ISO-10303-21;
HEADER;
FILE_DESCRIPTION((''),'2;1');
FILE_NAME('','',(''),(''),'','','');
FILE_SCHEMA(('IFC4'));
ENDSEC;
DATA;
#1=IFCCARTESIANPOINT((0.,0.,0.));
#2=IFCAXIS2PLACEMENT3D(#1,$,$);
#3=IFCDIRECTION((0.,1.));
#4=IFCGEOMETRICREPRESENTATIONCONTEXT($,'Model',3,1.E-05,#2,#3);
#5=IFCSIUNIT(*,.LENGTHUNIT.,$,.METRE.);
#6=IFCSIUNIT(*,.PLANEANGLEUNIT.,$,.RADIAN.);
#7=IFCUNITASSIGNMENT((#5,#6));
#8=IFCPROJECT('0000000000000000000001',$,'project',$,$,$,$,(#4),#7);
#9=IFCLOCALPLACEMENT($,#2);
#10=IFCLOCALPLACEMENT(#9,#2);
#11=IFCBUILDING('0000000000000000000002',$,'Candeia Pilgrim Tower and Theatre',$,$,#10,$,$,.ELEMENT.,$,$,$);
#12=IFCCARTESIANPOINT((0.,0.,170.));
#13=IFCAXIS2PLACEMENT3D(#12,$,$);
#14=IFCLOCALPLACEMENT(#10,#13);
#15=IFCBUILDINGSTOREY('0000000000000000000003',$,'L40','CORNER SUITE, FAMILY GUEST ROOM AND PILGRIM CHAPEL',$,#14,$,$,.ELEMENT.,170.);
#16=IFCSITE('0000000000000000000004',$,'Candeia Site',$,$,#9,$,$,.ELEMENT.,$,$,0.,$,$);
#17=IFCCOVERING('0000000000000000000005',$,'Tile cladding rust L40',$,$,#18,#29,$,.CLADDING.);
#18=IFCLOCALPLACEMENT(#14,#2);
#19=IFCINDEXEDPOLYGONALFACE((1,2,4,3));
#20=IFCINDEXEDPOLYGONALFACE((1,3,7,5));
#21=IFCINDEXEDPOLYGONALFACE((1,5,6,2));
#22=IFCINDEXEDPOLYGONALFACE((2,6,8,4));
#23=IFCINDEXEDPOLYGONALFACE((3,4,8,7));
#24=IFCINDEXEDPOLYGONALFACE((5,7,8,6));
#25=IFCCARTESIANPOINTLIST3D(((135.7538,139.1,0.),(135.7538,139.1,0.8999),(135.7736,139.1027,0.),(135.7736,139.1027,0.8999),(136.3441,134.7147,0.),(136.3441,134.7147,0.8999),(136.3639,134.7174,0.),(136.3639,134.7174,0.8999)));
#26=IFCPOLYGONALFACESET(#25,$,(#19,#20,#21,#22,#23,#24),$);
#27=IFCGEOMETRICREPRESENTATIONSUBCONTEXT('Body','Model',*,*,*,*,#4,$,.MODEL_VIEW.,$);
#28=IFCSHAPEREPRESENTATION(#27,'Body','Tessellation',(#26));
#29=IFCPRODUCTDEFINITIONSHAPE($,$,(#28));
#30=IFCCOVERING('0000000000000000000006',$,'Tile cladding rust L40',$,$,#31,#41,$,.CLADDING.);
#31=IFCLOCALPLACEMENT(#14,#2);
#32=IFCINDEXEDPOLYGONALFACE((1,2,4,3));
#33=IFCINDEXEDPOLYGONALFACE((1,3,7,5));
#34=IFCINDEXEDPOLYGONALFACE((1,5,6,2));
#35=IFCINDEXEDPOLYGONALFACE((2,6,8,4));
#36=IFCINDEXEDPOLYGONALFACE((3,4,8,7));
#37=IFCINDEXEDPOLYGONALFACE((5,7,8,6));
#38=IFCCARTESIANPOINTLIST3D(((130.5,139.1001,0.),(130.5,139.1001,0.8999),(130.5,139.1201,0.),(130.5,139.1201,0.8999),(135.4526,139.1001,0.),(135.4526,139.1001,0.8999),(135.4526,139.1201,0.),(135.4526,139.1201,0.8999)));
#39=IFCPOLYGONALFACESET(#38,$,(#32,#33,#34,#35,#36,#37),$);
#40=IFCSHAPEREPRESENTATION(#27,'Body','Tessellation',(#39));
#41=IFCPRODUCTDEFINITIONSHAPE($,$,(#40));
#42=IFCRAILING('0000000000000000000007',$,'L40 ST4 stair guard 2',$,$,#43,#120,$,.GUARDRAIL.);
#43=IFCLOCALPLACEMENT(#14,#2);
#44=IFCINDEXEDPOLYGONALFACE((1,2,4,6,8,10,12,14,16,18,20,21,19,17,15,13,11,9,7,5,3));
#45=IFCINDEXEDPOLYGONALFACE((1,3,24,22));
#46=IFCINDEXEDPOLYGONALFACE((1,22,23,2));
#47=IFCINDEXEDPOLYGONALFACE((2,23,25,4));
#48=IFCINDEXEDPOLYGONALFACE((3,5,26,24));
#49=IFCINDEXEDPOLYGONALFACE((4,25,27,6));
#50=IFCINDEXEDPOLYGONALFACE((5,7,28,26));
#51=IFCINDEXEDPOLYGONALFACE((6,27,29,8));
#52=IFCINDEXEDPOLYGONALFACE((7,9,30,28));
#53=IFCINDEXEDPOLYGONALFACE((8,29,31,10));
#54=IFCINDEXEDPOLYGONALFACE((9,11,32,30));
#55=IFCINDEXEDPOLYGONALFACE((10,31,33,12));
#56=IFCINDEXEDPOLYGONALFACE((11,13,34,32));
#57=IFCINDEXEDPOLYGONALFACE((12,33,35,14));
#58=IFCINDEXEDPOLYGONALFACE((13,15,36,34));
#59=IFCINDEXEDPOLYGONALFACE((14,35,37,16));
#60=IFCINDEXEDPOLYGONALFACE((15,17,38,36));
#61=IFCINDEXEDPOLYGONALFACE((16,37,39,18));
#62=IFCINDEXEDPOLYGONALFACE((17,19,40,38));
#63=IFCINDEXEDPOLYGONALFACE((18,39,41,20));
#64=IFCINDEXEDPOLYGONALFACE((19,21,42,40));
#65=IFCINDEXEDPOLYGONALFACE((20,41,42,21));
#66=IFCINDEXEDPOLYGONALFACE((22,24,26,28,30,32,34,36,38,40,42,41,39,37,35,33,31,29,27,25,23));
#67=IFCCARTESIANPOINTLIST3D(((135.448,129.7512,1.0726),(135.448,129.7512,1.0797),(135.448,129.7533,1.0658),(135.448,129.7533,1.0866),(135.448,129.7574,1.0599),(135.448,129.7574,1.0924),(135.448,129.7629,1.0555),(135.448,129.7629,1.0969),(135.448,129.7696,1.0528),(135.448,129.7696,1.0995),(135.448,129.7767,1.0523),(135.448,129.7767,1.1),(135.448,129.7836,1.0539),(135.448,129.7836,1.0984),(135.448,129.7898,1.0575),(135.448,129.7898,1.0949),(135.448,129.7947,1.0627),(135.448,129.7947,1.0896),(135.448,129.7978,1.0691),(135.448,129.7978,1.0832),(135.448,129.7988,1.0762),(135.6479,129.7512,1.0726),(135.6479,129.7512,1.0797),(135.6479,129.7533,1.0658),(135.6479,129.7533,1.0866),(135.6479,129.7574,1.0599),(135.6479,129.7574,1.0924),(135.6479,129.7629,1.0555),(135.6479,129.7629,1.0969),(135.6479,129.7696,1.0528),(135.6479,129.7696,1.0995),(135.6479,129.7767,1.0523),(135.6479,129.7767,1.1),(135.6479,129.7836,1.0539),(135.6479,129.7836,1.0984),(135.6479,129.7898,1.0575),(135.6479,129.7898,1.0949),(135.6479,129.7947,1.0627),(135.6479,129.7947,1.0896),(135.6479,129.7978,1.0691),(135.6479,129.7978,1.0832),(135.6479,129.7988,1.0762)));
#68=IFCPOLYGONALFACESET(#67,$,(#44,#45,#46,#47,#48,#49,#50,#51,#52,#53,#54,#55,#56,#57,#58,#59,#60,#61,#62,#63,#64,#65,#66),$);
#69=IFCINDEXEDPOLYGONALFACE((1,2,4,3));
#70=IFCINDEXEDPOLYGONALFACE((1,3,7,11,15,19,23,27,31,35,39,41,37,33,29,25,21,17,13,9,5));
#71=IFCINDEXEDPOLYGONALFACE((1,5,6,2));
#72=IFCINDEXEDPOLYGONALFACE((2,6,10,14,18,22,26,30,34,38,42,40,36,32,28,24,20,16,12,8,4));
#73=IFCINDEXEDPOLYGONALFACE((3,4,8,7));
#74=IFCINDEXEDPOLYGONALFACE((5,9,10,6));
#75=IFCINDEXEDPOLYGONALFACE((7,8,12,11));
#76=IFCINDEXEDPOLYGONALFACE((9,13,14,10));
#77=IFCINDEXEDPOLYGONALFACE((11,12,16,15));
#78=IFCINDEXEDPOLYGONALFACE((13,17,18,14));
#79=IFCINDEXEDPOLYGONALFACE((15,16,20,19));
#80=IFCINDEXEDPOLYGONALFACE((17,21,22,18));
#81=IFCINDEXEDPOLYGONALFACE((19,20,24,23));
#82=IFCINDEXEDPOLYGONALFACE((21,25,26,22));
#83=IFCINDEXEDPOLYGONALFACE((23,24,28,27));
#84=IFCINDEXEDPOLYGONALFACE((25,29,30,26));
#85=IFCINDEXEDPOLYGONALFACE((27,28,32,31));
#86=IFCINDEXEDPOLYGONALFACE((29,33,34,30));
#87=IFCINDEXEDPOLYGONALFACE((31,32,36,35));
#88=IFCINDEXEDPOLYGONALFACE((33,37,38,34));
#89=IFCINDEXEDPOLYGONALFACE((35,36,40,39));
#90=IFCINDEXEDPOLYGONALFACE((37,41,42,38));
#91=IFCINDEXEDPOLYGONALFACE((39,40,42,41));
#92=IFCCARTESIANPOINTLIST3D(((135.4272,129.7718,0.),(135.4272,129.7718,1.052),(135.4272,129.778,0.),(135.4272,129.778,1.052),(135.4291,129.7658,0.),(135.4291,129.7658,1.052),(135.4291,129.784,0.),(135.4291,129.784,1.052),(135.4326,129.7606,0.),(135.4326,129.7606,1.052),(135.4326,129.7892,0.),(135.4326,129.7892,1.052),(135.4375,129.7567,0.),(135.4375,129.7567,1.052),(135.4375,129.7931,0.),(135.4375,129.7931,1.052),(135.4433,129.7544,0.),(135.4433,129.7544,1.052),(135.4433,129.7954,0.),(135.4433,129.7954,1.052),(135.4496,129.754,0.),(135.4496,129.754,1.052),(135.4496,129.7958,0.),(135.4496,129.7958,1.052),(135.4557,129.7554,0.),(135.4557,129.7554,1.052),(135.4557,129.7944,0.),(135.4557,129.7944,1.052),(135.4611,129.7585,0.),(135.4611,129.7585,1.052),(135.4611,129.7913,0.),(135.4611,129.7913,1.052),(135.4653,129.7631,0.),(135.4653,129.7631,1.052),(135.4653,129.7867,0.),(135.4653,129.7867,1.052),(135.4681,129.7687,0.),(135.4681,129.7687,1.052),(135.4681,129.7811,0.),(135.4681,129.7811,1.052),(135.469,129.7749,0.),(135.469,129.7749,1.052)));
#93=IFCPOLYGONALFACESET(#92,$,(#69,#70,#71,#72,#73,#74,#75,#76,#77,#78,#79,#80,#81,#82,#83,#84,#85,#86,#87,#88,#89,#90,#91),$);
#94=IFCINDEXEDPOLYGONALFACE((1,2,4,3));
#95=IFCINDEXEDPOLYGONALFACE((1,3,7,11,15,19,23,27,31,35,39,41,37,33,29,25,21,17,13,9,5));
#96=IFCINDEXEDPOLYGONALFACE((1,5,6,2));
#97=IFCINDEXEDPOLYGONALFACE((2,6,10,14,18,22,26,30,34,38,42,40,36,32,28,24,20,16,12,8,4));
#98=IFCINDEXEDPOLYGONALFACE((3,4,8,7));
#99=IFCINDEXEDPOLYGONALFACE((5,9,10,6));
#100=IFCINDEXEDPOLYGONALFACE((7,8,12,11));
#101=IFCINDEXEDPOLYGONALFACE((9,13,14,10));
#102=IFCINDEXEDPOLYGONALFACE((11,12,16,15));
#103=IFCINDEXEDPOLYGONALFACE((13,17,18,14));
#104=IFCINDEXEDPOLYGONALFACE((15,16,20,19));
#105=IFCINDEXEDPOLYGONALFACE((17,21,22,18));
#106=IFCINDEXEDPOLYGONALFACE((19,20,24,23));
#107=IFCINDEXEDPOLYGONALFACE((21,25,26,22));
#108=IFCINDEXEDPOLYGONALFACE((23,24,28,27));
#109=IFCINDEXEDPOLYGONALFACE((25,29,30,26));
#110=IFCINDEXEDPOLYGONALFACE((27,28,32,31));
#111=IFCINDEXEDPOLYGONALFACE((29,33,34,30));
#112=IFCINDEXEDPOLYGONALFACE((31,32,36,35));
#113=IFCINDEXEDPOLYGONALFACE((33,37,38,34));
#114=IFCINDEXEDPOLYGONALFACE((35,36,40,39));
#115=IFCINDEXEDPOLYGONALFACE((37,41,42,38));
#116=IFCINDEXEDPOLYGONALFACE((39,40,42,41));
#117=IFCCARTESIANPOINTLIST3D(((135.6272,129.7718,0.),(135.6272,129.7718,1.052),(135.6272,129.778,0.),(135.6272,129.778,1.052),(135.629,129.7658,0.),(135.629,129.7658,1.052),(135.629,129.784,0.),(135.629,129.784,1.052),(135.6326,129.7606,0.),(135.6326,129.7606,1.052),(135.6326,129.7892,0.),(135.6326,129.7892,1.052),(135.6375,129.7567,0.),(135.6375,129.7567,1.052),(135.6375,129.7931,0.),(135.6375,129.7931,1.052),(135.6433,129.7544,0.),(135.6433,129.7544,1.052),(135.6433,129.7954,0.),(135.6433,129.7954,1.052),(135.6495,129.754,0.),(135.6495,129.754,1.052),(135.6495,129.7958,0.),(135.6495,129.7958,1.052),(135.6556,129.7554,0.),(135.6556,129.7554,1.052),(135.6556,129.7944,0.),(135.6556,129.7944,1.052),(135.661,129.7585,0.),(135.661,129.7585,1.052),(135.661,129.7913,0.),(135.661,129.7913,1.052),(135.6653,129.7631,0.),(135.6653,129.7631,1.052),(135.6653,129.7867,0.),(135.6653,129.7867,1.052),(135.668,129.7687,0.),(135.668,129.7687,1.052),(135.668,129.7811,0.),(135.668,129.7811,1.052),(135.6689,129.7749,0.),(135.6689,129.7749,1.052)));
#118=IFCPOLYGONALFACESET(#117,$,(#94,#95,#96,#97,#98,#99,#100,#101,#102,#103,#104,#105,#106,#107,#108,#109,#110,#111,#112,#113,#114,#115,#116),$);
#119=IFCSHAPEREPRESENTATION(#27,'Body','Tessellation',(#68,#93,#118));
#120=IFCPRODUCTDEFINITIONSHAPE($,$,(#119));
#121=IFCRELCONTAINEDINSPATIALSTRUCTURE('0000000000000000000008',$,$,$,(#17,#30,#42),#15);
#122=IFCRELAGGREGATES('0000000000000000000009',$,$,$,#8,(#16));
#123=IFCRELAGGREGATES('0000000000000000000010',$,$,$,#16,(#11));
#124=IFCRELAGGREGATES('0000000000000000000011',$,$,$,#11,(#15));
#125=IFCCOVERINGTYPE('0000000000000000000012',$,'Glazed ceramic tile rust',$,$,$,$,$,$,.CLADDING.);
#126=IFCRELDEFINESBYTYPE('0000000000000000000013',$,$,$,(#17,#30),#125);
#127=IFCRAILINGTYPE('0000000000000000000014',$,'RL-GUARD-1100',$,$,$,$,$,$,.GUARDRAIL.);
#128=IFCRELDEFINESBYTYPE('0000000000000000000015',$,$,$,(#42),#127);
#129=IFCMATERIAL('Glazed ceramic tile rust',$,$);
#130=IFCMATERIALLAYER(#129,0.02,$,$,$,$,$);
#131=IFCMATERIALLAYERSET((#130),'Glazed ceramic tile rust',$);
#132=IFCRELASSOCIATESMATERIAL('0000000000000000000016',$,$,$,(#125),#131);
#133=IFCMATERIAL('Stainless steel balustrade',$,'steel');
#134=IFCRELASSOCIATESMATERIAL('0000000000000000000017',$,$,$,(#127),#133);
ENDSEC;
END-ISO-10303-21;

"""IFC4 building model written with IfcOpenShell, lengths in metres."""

from ifc_helpers import new_model, si_unit, direction, frame, origin, origin_2d, place, context, subcontext, project, spatial, rectangle, circle, extrude, material, layer, layer_set, type_object, element, save


model = new_model("IFC4")

# Units and contexts
model_context = context("Model", 3, precision=1e-05, world=origin(), true_north=direction((0.0, 1.0)))
body_context = subcontext(model_context, "Body", "Model", "MODEL_VIEW")
ifc_project = project(units=[si_unit("LENGTHUNIT", "METRE"), si_unit("PLANEANGLEUNIT", "RADIAN")], contexts=[model_context])

# Site, building, storey
site_placement = place(None, origin())
site = spatial("IfcSite", under=ifc_project, at=site_placement, Name="Candeia Site", CompositionType="ELEMENT", RefElevation=0.0)
building_placement = place(site_placement, origin())
building = spatial("IfcBuilding", under=site, at=building_placement, Name="Candeia Pilgrim Tower and Theatre", CompositionType="ELEMENT")
storey_placement = place(building_placement, frame((0.0, 0.0, 170.0)))
storey = spatial("IfcBuildingStorey", under=building, at=storey_placement, Name="L40", Description="CORNER SUITE, FAMILY GUEST ROOM AND PILGRIM CHAPEL", CompositionType="ELEMENT", Elevation=170.0)

# Coverings
ifc_material_1 = material(Name="Glazed ceramic tile rust")
ifc_layer_1 = layer(ifc_material_1, 0.02)
ifc_layer_set_1 = layer_set([ifc_layer_1], Name="Glazed ceramic tile rust")
covering_type = type_object("IfcCoveringType", Name="Glazed ceramic tile rust", PredefinedType="CLADDING", material=ifc_layer_set_1)
covering_1_placement = place(storey_placement, frame((136.0588, 136.9087, 0.0), z_axis=(0.0, 0.0, 1.0), x_axis=(-0.133412, 0.991061, 0.0)))
element("IfcCovering", 1, at=covering_1_placement, inside=storey, type_object=covering_type, Name="Tile cladding rust L40", PredefinedType="CLADDING", context=body_context, shape_type="SweptSolid", body=[
    extrude(rectangle(XDim=4.4248, YDim=0.02, at=origin_2d()), origin(), (0.0, 0.0, 1.0), 0.8999),
])
covering_2_placement = place(storey_placement, frame((132.9763, 139.1101, 0.0), z_axis=(0.0, 0.0, 1.0), x_axis=(-1.0, 0.0, 0.0)))
element("IfcCovering", 2, at=covering_2_placement, inside=storey, type_object=covering_type, Name="Tile cladding rust L40", PredefinedType="CLADDING", context=body_context, shape_type="SweptSolid", body=[
    extrude(rectangle(XDim=4.9526, YDim=0.02, at=origin_2d()), origin(), (0.0, 0.0, 1.0), 0.8999),
])

# Railing
ifc_material_2 = material(Name="Stainless steel balustrade", Category="steel")
railing_type = type_object("IfcRailingType", Name="RL-GUARD-1100", PredefinedType="GUARDRAIL", material=ifc_material_2)
railing_1_placement = place(storey_placement, frame((135.448, 129.7749, 0.0)))
element("IfcRailing", 3, at=railing_1_placement, inside=storey, type_object=railing_type, Name="L40 ST4 stair guard 2", PredefinedType="GUARDRAIL", context=body_context, shape_type="SweptSolid", body=[
    extrude(circle(Radius=0.0239, at=origin_2d()), frame((0.0, 0.0, 1.0762), z_axis=(1.0, 0.0, 0.0), x_axis=(0.0, 1.0, 0.0)), (0.0, 0.0, 1.0), 0.2),
    extrude(circle(Radius=0.021, at=origin_2d()), origin(), (0.0, 0.0, 1.0), 1.052),
    extrude(circle(Radius=0.021, at=origin_2d()), frame((0.2, 0.0, 0.0)), (0.0, 0.0, 1.0), 1.052),
])

save(model, "model.ifc")
